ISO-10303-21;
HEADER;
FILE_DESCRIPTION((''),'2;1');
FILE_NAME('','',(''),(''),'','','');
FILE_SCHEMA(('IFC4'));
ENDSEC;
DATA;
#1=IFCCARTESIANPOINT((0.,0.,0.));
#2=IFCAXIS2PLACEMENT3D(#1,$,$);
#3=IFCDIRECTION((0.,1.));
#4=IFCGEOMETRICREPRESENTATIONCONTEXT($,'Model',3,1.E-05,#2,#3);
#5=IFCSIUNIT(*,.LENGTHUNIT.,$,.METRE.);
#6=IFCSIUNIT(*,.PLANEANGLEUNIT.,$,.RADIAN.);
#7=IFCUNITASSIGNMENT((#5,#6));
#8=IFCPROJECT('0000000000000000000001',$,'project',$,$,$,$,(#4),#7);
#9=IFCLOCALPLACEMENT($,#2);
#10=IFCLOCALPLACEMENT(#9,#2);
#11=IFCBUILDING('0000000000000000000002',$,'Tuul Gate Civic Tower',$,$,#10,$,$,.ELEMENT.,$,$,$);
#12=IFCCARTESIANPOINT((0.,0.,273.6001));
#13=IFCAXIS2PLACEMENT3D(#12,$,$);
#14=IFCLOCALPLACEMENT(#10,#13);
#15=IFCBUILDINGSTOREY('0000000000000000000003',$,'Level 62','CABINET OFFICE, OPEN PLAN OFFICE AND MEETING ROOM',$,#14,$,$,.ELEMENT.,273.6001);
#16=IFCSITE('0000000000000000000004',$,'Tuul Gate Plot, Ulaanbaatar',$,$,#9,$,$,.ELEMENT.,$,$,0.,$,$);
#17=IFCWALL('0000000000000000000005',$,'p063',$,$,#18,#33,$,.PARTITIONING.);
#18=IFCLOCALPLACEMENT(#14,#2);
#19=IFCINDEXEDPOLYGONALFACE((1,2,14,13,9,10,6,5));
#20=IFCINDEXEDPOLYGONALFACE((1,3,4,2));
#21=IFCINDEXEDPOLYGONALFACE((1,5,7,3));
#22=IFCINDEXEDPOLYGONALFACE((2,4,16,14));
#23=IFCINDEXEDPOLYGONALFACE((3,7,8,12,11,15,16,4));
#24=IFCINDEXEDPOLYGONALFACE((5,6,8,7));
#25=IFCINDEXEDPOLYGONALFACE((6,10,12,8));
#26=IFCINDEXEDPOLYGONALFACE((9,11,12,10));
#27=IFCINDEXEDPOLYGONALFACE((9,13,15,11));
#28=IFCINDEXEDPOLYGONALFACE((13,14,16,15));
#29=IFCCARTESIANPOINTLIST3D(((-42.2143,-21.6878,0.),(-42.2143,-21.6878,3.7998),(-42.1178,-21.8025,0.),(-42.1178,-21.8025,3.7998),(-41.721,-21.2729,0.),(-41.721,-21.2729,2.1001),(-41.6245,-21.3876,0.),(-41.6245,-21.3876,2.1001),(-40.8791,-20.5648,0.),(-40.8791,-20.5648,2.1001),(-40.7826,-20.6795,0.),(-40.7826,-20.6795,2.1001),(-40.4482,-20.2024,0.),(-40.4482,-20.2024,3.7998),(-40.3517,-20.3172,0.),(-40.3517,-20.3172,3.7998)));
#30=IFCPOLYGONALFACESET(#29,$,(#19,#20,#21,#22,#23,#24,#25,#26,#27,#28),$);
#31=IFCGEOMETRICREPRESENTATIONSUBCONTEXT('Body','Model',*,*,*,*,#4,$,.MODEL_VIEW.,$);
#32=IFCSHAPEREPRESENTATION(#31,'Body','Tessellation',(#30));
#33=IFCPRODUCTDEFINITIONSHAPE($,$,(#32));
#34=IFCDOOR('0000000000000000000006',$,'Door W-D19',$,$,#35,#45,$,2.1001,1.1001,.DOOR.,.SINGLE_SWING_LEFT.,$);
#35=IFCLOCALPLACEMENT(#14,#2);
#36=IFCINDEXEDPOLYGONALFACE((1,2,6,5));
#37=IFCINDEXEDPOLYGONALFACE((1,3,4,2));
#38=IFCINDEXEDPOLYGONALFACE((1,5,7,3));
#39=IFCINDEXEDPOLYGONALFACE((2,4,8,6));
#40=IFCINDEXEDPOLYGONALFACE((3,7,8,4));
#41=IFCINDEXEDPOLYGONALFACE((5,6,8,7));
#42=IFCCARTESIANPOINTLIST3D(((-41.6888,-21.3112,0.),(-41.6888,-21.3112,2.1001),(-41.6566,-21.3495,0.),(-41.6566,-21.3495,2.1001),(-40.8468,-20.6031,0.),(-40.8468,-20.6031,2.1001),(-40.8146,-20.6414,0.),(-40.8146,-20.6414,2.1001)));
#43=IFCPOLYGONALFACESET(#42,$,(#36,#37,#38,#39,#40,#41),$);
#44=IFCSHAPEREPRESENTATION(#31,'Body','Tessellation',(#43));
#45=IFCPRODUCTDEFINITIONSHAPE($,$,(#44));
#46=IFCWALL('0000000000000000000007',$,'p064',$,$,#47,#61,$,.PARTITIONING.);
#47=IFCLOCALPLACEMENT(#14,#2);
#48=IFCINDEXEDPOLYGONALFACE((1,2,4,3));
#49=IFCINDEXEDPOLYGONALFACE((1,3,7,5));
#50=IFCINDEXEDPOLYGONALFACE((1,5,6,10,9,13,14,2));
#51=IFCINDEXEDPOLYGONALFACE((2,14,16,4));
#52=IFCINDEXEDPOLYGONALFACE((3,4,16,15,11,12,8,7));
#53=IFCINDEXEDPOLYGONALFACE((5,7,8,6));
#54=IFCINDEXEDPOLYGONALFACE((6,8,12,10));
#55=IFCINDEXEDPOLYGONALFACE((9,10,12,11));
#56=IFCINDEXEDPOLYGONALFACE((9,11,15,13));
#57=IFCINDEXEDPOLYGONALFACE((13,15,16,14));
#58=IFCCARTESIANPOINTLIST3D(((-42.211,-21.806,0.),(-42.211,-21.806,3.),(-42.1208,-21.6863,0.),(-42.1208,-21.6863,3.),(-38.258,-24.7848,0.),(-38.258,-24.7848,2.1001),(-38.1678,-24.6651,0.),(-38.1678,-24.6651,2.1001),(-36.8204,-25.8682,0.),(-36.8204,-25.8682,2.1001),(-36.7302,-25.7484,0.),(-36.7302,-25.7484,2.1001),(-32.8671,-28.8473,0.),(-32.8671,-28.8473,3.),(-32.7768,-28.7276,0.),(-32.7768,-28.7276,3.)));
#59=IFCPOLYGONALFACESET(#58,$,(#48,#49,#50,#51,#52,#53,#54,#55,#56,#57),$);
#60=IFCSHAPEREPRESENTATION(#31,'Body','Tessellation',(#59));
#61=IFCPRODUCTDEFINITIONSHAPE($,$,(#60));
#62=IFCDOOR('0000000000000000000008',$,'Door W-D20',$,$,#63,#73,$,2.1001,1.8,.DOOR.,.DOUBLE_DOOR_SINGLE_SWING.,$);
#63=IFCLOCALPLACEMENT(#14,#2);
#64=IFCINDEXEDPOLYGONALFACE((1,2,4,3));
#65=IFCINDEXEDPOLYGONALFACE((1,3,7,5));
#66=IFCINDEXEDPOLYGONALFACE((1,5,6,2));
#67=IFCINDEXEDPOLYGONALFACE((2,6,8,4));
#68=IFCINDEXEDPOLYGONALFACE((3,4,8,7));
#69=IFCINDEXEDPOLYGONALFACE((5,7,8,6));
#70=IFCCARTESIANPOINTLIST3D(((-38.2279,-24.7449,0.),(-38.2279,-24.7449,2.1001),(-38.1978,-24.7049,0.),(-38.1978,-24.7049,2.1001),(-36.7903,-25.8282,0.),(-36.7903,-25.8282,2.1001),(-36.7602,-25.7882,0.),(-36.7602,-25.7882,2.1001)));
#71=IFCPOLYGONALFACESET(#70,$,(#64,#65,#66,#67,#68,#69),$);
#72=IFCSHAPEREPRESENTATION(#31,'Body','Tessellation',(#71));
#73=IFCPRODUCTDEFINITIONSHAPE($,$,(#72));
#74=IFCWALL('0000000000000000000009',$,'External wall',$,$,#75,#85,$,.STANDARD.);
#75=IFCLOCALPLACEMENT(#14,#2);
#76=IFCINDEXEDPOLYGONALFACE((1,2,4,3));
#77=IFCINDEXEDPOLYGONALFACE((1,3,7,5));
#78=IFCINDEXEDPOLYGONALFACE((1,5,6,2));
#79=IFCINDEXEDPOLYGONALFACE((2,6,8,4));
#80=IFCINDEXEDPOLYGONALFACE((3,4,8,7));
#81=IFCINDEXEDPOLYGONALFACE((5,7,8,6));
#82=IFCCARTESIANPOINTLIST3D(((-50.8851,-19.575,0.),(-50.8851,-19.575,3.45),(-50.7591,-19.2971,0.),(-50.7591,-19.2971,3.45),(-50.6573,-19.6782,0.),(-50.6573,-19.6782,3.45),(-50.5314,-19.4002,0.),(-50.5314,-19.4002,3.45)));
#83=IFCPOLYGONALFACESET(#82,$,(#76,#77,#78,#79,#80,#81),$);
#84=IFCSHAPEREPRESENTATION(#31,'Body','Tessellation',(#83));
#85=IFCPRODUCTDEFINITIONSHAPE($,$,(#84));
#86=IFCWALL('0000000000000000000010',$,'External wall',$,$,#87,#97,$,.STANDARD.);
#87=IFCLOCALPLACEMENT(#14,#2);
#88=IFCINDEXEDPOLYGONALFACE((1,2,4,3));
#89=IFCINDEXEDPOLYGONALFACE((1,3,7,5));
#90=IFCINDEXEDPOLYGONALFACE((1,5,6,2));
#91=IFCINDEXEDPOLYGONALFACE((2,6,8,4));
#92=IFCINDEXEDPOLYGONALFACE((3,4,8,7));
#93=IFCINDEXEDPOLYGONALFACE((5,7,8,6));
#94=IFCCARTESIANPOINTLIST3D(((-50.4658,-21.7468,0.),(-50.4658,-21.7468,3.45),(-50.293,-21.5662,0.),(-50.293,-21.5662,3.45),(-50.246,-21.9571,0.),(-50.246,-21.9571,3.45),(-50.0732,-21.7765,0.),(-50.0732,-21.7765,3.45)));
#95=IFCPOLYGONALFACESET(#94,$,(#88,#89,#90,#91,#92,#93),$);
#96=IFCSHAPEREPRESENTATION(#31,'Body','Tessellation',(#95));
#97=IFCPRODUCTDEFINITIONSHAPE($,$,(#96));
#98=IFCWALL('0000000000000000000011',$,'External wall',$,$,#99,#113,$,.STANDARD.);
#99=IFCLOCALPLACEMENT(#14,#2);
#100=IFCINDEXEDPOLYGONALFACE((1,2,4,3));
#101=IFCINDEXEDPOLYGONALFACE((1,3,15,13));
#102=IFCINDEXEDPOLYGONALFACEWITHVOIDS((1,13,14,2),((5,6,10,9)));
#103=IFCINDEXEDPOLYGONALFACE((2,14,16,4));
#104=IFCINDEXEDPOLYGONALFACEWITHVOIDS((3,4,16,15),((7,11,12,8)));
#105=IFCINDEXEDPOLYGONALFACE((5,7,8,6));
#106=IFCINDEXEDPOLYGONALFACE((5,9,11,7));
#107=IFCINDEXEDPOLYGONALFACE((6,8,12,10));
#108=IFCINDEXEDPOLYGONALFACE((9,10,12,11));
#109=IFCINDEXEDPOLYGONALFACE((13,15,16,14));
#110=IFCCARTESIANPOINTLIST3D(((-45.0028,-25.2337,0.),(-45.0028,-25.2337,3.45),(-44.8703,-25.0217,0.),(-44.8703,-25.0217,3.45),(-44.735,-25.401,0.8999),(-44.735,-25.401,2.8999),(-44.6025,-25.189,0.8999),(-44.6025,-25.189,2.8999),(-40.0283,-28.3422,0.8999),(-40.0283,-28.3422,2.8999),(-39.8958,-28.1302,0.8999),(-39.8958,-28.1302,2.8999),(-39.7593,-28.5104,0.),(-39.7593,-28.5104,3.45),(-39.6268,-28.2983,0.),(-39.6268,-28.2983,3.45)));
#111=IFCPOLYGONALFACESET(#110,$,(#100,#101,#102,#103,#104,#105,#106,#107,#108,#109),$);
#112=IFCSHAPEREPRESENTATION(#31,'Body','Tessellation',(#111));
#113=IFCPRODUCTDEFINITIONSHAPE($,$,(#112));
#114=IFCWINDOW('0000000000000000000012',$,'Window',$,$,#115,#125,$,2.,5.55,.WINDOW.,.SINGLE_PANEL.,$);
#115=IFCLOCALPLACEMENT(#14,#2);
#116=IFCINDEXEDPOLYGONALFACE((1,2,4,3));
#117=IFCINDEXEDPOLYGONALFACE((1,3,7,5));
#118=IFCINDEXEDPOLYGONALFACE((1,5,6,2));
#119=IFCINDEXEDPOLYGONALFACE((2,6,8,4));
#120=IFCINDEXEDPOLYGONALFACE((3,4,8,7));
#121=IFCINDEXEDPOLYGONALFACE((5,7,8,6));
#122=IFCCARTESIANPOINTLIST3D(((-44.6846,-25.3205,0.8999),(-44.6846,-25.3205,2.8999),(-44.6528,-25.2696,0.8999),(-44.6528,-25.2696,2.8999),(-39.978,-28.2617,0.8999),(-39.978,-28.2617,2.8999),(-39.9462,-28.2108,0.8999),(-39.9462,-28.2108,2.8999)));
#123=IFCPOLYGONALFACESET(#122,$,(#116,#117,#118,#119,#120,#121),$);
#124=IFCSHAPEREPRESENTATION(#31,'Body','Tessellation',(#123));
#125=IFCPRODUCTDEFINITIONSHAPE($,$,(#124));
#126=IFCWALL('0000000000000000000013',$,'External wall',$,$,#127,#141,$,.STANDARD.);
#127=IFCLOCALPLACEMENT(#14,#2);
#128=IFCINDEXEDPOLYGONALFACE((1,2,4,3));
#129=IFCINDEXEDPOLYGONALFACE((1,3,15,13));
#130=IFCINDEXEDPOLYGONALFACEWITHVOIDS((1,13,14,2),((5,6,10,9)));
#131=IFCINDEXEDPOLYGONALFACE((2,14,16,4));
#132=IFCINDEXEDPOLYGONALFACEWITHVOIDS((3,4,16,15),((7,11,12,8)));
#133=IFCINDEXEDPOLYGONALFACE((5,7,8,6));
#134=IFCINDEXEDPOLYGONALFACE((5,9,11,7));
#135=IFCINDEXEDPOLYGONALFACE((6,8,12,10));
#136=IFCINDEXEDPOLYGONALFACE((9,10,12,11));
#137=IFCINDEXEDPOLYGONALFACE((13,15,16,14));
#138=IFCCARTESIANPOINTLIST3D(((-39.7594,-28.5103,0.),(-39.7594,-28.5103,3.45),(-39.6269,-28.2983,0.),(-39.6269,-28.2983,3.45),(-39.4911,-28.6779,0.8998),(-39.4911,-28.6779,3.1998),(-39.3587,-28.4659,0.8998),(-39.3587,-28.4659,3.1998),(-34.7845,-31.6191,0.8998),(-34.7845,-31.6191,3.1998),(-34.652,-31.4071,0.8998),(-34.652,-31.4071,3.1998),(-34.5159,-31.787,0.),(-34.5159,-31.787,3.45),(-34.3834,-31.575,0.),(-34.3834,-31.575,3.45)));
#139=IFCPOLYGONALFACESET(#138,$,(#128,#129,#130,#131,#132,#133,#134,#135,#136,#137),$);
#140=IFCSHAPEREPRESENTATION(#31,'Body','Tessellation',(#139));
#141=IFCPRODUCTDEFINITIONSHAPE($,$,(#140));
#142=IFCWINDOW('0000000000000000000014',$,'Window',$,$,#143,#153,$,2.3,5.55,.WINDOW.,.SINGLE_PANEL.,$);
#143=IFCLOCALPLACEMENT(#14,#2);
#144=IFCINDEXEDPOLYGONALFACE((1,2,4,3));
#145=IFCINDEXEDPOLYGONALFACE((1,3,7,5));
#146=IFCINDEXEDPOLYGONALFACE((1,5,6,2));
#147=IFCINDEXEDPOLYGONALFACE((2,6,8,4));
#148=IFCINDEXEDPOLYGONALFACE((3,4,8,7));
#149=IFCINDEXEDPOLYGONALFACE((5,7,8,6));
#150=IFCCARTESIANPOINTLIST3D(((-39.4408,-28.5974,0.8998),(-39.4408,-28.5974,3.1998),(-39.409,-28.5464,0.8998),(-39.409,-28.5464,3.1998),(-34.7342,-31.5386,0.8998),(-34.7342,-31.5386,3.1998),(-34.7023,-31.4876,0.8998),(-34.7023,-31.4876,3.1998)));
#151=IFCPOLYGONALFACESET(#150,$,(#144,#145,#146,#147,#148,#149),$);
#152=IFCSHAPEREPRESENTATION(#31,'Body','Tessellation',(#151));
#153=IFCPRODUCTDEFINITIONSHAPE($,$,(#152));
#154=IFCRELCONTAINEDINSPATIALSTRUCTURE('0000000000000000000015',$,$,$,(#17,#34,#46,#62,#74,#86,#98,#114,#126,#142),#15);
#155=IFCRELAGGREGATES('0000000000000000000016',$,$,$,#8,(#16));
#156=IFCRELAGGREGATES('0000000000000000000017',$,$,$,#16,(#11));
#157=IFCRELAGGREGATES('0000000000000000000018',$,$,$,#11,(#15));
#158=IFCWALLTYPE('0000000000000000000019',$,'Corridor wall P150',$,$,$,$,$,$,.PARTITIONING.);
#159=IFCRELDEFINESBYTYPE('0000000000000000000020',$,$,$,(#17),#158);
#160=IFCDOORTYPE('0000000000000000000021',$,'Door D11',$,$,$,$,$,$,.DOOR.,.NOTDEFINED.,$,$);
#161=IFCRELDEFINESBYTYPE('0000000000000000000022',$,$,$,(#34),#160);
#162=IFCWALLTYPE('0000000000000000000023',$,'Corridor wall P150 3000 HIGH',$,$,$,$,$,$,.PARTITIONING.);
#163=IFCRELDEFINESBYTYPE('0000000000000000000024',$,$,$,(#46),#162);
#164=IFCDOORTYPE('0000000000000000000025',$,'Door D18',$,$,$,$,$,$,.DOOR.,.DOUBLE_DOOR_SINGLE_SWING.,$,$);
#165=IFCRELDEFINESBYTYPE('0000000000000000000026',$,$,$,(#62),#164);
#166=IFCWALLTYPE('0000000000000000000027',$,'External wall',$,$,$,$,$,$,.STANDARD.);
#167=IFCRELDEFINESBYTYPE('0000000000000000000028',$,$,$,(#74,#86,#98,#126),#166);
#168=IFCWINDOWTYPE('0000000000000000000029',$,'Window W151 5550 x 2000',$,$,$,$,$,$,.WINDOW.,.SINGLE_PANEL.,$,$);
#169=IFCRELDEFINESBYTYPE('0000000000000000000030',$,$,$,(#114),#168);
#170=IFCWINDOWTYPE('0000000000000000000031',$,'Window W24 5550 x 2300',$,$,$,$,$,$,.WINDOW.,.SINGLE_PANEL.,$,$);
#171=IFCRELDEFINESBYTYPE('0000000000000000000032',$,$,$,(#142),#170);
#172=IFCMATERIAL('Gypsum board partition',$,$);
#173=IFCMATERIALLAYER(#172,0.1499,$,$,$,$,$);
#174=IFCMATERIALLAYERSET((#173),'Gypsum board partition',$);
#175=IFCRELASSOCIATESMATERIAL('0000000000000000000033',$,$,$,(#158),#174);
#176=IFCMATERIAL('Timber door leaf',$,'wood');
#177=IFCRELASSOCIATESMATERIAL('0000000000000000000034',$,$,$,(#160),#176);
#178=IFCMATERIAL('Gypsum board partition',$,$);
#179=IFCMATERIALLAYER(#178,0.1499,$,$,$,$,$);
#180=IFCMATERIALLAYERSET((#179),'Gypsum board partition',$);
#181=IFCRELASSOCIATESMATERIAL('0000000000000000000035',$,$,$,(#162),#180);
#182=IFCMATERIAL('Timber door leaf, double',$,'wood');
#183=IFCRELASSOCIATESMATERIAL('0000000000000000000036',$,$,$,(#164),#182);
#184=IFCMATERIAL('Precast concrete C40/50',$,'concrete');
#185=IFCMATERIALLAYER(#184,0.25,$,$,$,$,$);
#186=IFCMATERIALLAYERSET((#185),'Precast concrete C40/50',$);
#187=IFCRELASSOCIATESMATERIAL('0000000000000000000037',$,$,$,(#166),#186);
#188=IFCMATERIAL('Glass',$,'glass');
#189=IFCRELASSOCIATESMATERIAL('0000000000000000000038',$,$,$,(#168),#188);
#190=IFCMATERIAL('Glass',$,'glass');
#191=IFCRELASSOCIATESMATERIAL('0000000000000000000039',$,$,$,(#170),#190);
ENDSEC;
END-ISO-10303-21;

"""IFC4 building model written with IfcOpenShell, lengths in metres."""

from ifc_helpers import new_model, si_unit, direction, frame, frame_2d, origin, place, context, subcontext, project, spatial, rectangle, extrude, material, layer, layer_set, type_object, element, fill, save


model = new_model("IFC4")

# Units and contexts
model_context = context("Model", 3, precision=1e-05, world=origin(), true_north=direction((0.0, 1.0)))
body_context = subcontext(model_context, "Body", "Model", "MODEL_VIEW")
ifc_project = project(units=[si_unit("LENGTHUNIT", "METRE"), si_unit("PLANEANGLEUNIT", "RADIAN")], contexts=[model_context])

# Site, building, storey
site_placement = place(None, origin())
site = spatial("IfcSite", under=ifc_project, at=site_placement, Name="Tuul Gate Plot, Ulaanbaatar", CompositionType="ELEMENT", RefElevation=0.0)
building_placement = place(site_placement, origin())
building = spatial("IfcBuilding", under=site, at=building_placement, Name="Tuul Gate Civic Tower", CompositionType="ELEMENT")
storey_placement = place(building_placement, frame((0.0, 0.0, 273.6001)))
storey = spatial("IfcBuildingStorey", under=building, at=storey_placement, Name="Level 62", Description="CABINET OFFICE, OPEN PLAN OFFICE AND MEETING ROOM", CompositionType="ELEMENT", Elevation=273.6001)

# Shared definitions
ifc_material_1 = material(Name="Gypsum board partition")
ifc_layer_1 = layer(ifc_material_1, 0.1499)
ifc_layer_set_1 = layer_set([ifc_layer_1], Name="Gypsum board partition")
wall_type_1 = type_object("IfcWallType", Name="Corridor wall P150", PredefinedType="PARTITIONING", material=ifc_layer_set_1)

# Walls, openings, doors
wall_1_placement = place(storey_placement, frame((-42.166, -21.7451, 0.0), z_axis=(0.0, 0.0, 1.0), x_axis=(0.765317, 0.643653, 0.0)))
wall_1 = element("IfcWall", 1, at=wall_1_placement, inside=storey, type_object=wall_type_1, Name="p063", PredefinedType="PARTITIONING", context=body_context, shape_type="SweptSolid", body=[
    extrude(rectangle(XDim=2.3076, YDim=0.1499, at=frame_2d((1.1538, 0.0))), origin(), (0.0, 0.0, 1.0), 3.7998),
])
opening_1_placement = place(wall_1_placement, frame((0.6445, 0.0, 0.0)))
opening_1 = element("IfcOpeningElement", 2, at=opening_1_placement, cuts=wall_1, PredefinedType="OPENING", context=body_context, shape_type="SweptSolid", body=[
    extrude(rectangle(XDim=1.1001, YDim=2.1001, at=frame_2d((0.55, 1.05))), frame((0.0, 0.085, 0.0), z_axis=(0.0, -1.0, 0.0), x_axis=(1.0, 0.0, 0.0)), (0.0, 0.0, 1.0), 0.1699),
])
ifc_material_2 = material(Name="Timber door leaf", Category="wood")
door_type_1 = type_object("IfcDoorType", Name="Door D11", OperationType="NOTDEFINED", PredefinedType="DOOR", material=ifc_material_2)
door_1_placement = place(opening_1_placement, origin())
door_1 = element("IfcDoor", 3, at=door_1_placement, inside=storey, type_object=door_type_1, Name="Door W-D19", OperationType="SINGLE_SWING_LEFT", OverallHeight=2.1001, OverallWidth=1.1001, PredefinedType="DOOR", context=body_context, shape_type="SweptSolid", body=[
    extrude(rectangle(XDim=1.1001, YDim=2.1001, at=frame_2d((0.55, 1.05))), frame((0.0, 0.0249, 0.0), z_axis=(0.0, -1.0, 0.0), x_axis=(1.0, 0.0, 0.0)), (0.0, 0.0, 1.0), 0.05),
])
fill(opening_1, door_1)
ifc_material_3 = material(Name="Gypsum board partition")
ifc_layer_2 = layer(ifc_material_3, 0.1499)
ifc_layer_set_2 = layer_set([ifc_layer_2], Name="Gypsum board partition")
wall_type_2 = type_object("IfcWallType", Name="Corridor wall P150 3000 HIGH", PredefinedType="PARTITIONING", material=ifc_layer_set_2)
wall_2_placement = place(storey_placement, frame((-42.166, -21.7461, 0.0), z_axis=(0.0, 0.0, 1.0), x_axis=(0.798633, -0.601818, 0.0)))
wall_2 = element("IfcWall", 4, at=wall_2_placement, inside=storey, type_object=wall_type_2, Name="p064", PredefinedType="PARTITIONING", context=body_context, shape_type="SweptSolid", body=[
    extrude(rectangle(XDim=11.7, YDim=0.1499, at=frame_2d((5.8501, 0.0))), origin(), (0.0, 0.0, 1.0), 3.0),
])
opening_2_placement = place(wall_2_placement, frame((4.95, 0.0, 0.0)))
opening_2 = element("IfcOpeningElement", 5, at=opening_2_placement, cuts=wall_2, PredefinedType="OPENING", context=body_context, shape_type="SweptSolid", body=[
    extrude(rectangle(XDim=1.8, YDim=2.1001, at=frame_2d((0.8999, 1.05))), frame((0.0, 0.085, 0.0), z_axis=(0.0, -1.0, 0.0), x_axis=(1.0, 0.0, 0.0)), (0.0, 0.0, 1.0), 0.1699),
])
ifc_material_4 = material(Name="Timber door leaf, double", Category="wood")
door_type_2 = type_object("IfcDoorType", Name="Door D18", OperationType="DOUBLE_DOOR_SINGLE_SWING", PredefinedType="DOOR", material=ifc_material_4)
door_2_placement = place(opening_2_placement, frame((1.8, 0.0, 0.0), z_axis=(0.0, 0.0, 1.0), x_axis=(-1.0, 0.0, 0.0)))
door_2 = element("IfcDoor", 6, at=door_2_placement, inside=storey, type_object=door_type_2, Name="Door W-D20", OperationType="DOUBLE_DOOR_SINGLE_SWING", OverallHeight=2.1001, OverallWidth=1.8, PredefinedType="DOOR", context=body_context, shape_type="SweptSolid", body=[
    extrude(rectangle(XDim=1.8, YDim=2.1001, at=frame_2d((0.9001, 1.05))), frame((0.0, 0.0249, 0.0), z_axis=(0.0, -1.0, 0.0), x_axis=(1.0, 0.0, 0.0)), (0.0, 0.0, 1.0), 0.05),
])
fill(opening_2, door_2)

# Walls
ifc_material_5 = material(Name="Precast concrete C40/50", Category="concrete")
ifc_layer_3 = layer(ifc_material_5, 0.25)
ifc_layer_set_3 = layer_set([ifc_layer_3], Name="Precast concrete C40/50")
wall_type_3 = type_object("IfcWallType", Name="External wall", PredefinedType="STANDARD", material=ifc_layer_set_3)
wall_3_placement = place(storey_placement, frame((-50.6453, -19.3486, 0.0), z_axis=(0.0, 0.0, 1.0), x_axis=(-0.412658, -0.910886, 0.0)))
element("IfcWall", 7, at=wall_3_placement, inside=storey, type_object=wall_type_3, Name="External wall", PredefinedType="STANDARD", context=body_context, shape_type="SweptSolid", body=[
    extrude(rectangle(XDim=0.3052, YDim=0.25, at=frame_2d((0.1526, 0.0))), origin(), (0.0, 0.0, 1.0), 3.45),
])
wall_4_placement = place(storey_placement, frame((-50.3794, -21.6565, 0.0), z_axis=(0.0, 0.0, 1.0), x_axis=(0.72259, -0.691277, 0.0)))
element("IfcWall", 8, at=wall_4_placement, inside=storey, type_object=wall_type_3, Name="External wall", PredefinedType="STANDARD", context=body_context, shape_type="SweptSolid", body=[
    extrude(rectangle(XDim=0.3042, YDim=0.25, at=frame_2d((0.1521, 0.0))), origin(), (0.0, 0.0, 1.0), 3.45),
])

# Walls, openings, windows
wall_5_placement = place(storey_placement, frame((-44.9365, -25.1277, 0.0), z_axis=(0.0, 0.0, 1.0), x_axis=(0.848036, -0.529939, 0.0)))
wall_5 = element("IfcWall", 9, at=wall_5_placement, inside=storey, type_object=wall_type_3, Name="External wall", PredefinedType="STANDARD", context=body_context, shape_type="SweptSolid", body=[
    extrude(rectangle(XDim=6.1831, YDim=0.25, at=frame_2d((3.0916, 0.0))), origin(), (0.0, 0.0, 1.0), 3.45),
])
opening_3_placement = place(wall_5_placement, frame((0.3159, 0.0, 0.8999)))
opening_3 = element("IfcOpeningElement", 10, at=opening_3_placement, cuts=wall_5, PredefinedType="OPENING", context=body_context, shape_type="SweptSolid", body=[
    extrude(rectangle(XDim=5.55, YDim=2.0, at=frame_2d((2.7749, 1.0))), frame((0.0, 0.135, 0.0), z_axis=(0.0, -1.0, 0.0), x_axis=(1.0, 0.0, 0.0)), (0.0, 0.0, 1.0), 0.27),
])
ifc_material_6 = material(Name="Glass", Category="glass")
window_type_1 = type_object("IfcWindowType", Name="Window W151 5550 x 2000", PartitioningType="SINGLE_PANEL", PredefinedType="WINDOW", material=ifc_material_6)
window_1_placement = place(opening_3_placement, origin())
window_1 = element("IfcWindow", 11, at=window_1_placement, inside=storey, type_object=window_type_1, Name="Window", OverallHeight=2.0, OverallWidth=5.55, PartitioningType="SINGLE_PANEL", PredefinedType="WINDOW", context=body_context, shape_type="SweptSolid", body=[
    extrude(rectangle(XDim=5.55, YDim=2.0, at=frame_2d((2.7749, 1.0))), frame((0.0, 0.03, 0.0), z_axis=(0.0, -1.0, 0.0), x_axis=(1.0, 0.0, 0.0)), (0.0, 0.0, 1.0), 0.0601),
])
fill(opening_3, window_1)
wall_6_placement = place(storey_placement, frame((-39.6931, -28.4043, 0.0), z_axis=(0.0, 0.0, 1.0), x_axis=(0.848036, -0.529939, 0.0)))
wall_6 = element("IfcWall", 12, at=wall_6_placement, inside=storey, type_object=wall_type_3, Name="External wall", PredefinedType="STANDARD", context=body_context, shape_type="SweptSolid", body=[
    extrude(rectangle(XDim=6.1831, YDim=0.25, at=frame_2d((3.0916, 0.0))), origin(), (0.0, 0.0, 1.0), 3.45),
])
opening_4_placement = place(wall_6_placement, frame((0.3164, 0.0, 0.8999)))
opening_4 = element("IfcOpeningElement", 13, at=opening_4_placement, cuts=wall_6, PredefinedType="OPENING", context=body_context, shape_type="SweptSolid", body=[
    extrude(rectangle(XDim=5.55, YDim=2.3, at=frame_2d((2.7749, 1.1499))), frame((0.0, 0.135, 0.0), z_axis=(0.0, -1.0, 0.0), x_axis=(1.0, 0.0, 0.0)), (0.0, 0.0, 1.0), 0.27),
])
ifc_material_7 = material(Name="Glass", Category="glass")
window_type_2 = type_object("IfcWindowType", Name="Window W24 5550 x 2300", PartitioningType="SINGLE_PANEL", PredefinedType="WINDOW", material=ifc_material_7)
window_2_placement = place(opening_4_placement, origin())
window_2 = element("IfcWindow", 14, at=window_2_placement, inside=storey, type_object=window_type_2, Name="Window", OverallHeight=2.3, OverallWidth=5.55, PartitioningType="SINGLE_PANEL", PredefinedType="WINDOW", context=body_context, shape_type="SweptSolid", body=[
    extrude(rectangle(XDim=5.55, YDim=2.3, at=frame_2d((2.7749, 1.1499))), frame((0.0, 0.03, 0.0), z_axis=(0.0, -1.0, 0.0), x_axis=(1.0, 0.0, 0.0)), (0.0, 0.0, 1.0), 0.0601),
])
fill(opening_4, window_2)

save(model, "model.ifc")
